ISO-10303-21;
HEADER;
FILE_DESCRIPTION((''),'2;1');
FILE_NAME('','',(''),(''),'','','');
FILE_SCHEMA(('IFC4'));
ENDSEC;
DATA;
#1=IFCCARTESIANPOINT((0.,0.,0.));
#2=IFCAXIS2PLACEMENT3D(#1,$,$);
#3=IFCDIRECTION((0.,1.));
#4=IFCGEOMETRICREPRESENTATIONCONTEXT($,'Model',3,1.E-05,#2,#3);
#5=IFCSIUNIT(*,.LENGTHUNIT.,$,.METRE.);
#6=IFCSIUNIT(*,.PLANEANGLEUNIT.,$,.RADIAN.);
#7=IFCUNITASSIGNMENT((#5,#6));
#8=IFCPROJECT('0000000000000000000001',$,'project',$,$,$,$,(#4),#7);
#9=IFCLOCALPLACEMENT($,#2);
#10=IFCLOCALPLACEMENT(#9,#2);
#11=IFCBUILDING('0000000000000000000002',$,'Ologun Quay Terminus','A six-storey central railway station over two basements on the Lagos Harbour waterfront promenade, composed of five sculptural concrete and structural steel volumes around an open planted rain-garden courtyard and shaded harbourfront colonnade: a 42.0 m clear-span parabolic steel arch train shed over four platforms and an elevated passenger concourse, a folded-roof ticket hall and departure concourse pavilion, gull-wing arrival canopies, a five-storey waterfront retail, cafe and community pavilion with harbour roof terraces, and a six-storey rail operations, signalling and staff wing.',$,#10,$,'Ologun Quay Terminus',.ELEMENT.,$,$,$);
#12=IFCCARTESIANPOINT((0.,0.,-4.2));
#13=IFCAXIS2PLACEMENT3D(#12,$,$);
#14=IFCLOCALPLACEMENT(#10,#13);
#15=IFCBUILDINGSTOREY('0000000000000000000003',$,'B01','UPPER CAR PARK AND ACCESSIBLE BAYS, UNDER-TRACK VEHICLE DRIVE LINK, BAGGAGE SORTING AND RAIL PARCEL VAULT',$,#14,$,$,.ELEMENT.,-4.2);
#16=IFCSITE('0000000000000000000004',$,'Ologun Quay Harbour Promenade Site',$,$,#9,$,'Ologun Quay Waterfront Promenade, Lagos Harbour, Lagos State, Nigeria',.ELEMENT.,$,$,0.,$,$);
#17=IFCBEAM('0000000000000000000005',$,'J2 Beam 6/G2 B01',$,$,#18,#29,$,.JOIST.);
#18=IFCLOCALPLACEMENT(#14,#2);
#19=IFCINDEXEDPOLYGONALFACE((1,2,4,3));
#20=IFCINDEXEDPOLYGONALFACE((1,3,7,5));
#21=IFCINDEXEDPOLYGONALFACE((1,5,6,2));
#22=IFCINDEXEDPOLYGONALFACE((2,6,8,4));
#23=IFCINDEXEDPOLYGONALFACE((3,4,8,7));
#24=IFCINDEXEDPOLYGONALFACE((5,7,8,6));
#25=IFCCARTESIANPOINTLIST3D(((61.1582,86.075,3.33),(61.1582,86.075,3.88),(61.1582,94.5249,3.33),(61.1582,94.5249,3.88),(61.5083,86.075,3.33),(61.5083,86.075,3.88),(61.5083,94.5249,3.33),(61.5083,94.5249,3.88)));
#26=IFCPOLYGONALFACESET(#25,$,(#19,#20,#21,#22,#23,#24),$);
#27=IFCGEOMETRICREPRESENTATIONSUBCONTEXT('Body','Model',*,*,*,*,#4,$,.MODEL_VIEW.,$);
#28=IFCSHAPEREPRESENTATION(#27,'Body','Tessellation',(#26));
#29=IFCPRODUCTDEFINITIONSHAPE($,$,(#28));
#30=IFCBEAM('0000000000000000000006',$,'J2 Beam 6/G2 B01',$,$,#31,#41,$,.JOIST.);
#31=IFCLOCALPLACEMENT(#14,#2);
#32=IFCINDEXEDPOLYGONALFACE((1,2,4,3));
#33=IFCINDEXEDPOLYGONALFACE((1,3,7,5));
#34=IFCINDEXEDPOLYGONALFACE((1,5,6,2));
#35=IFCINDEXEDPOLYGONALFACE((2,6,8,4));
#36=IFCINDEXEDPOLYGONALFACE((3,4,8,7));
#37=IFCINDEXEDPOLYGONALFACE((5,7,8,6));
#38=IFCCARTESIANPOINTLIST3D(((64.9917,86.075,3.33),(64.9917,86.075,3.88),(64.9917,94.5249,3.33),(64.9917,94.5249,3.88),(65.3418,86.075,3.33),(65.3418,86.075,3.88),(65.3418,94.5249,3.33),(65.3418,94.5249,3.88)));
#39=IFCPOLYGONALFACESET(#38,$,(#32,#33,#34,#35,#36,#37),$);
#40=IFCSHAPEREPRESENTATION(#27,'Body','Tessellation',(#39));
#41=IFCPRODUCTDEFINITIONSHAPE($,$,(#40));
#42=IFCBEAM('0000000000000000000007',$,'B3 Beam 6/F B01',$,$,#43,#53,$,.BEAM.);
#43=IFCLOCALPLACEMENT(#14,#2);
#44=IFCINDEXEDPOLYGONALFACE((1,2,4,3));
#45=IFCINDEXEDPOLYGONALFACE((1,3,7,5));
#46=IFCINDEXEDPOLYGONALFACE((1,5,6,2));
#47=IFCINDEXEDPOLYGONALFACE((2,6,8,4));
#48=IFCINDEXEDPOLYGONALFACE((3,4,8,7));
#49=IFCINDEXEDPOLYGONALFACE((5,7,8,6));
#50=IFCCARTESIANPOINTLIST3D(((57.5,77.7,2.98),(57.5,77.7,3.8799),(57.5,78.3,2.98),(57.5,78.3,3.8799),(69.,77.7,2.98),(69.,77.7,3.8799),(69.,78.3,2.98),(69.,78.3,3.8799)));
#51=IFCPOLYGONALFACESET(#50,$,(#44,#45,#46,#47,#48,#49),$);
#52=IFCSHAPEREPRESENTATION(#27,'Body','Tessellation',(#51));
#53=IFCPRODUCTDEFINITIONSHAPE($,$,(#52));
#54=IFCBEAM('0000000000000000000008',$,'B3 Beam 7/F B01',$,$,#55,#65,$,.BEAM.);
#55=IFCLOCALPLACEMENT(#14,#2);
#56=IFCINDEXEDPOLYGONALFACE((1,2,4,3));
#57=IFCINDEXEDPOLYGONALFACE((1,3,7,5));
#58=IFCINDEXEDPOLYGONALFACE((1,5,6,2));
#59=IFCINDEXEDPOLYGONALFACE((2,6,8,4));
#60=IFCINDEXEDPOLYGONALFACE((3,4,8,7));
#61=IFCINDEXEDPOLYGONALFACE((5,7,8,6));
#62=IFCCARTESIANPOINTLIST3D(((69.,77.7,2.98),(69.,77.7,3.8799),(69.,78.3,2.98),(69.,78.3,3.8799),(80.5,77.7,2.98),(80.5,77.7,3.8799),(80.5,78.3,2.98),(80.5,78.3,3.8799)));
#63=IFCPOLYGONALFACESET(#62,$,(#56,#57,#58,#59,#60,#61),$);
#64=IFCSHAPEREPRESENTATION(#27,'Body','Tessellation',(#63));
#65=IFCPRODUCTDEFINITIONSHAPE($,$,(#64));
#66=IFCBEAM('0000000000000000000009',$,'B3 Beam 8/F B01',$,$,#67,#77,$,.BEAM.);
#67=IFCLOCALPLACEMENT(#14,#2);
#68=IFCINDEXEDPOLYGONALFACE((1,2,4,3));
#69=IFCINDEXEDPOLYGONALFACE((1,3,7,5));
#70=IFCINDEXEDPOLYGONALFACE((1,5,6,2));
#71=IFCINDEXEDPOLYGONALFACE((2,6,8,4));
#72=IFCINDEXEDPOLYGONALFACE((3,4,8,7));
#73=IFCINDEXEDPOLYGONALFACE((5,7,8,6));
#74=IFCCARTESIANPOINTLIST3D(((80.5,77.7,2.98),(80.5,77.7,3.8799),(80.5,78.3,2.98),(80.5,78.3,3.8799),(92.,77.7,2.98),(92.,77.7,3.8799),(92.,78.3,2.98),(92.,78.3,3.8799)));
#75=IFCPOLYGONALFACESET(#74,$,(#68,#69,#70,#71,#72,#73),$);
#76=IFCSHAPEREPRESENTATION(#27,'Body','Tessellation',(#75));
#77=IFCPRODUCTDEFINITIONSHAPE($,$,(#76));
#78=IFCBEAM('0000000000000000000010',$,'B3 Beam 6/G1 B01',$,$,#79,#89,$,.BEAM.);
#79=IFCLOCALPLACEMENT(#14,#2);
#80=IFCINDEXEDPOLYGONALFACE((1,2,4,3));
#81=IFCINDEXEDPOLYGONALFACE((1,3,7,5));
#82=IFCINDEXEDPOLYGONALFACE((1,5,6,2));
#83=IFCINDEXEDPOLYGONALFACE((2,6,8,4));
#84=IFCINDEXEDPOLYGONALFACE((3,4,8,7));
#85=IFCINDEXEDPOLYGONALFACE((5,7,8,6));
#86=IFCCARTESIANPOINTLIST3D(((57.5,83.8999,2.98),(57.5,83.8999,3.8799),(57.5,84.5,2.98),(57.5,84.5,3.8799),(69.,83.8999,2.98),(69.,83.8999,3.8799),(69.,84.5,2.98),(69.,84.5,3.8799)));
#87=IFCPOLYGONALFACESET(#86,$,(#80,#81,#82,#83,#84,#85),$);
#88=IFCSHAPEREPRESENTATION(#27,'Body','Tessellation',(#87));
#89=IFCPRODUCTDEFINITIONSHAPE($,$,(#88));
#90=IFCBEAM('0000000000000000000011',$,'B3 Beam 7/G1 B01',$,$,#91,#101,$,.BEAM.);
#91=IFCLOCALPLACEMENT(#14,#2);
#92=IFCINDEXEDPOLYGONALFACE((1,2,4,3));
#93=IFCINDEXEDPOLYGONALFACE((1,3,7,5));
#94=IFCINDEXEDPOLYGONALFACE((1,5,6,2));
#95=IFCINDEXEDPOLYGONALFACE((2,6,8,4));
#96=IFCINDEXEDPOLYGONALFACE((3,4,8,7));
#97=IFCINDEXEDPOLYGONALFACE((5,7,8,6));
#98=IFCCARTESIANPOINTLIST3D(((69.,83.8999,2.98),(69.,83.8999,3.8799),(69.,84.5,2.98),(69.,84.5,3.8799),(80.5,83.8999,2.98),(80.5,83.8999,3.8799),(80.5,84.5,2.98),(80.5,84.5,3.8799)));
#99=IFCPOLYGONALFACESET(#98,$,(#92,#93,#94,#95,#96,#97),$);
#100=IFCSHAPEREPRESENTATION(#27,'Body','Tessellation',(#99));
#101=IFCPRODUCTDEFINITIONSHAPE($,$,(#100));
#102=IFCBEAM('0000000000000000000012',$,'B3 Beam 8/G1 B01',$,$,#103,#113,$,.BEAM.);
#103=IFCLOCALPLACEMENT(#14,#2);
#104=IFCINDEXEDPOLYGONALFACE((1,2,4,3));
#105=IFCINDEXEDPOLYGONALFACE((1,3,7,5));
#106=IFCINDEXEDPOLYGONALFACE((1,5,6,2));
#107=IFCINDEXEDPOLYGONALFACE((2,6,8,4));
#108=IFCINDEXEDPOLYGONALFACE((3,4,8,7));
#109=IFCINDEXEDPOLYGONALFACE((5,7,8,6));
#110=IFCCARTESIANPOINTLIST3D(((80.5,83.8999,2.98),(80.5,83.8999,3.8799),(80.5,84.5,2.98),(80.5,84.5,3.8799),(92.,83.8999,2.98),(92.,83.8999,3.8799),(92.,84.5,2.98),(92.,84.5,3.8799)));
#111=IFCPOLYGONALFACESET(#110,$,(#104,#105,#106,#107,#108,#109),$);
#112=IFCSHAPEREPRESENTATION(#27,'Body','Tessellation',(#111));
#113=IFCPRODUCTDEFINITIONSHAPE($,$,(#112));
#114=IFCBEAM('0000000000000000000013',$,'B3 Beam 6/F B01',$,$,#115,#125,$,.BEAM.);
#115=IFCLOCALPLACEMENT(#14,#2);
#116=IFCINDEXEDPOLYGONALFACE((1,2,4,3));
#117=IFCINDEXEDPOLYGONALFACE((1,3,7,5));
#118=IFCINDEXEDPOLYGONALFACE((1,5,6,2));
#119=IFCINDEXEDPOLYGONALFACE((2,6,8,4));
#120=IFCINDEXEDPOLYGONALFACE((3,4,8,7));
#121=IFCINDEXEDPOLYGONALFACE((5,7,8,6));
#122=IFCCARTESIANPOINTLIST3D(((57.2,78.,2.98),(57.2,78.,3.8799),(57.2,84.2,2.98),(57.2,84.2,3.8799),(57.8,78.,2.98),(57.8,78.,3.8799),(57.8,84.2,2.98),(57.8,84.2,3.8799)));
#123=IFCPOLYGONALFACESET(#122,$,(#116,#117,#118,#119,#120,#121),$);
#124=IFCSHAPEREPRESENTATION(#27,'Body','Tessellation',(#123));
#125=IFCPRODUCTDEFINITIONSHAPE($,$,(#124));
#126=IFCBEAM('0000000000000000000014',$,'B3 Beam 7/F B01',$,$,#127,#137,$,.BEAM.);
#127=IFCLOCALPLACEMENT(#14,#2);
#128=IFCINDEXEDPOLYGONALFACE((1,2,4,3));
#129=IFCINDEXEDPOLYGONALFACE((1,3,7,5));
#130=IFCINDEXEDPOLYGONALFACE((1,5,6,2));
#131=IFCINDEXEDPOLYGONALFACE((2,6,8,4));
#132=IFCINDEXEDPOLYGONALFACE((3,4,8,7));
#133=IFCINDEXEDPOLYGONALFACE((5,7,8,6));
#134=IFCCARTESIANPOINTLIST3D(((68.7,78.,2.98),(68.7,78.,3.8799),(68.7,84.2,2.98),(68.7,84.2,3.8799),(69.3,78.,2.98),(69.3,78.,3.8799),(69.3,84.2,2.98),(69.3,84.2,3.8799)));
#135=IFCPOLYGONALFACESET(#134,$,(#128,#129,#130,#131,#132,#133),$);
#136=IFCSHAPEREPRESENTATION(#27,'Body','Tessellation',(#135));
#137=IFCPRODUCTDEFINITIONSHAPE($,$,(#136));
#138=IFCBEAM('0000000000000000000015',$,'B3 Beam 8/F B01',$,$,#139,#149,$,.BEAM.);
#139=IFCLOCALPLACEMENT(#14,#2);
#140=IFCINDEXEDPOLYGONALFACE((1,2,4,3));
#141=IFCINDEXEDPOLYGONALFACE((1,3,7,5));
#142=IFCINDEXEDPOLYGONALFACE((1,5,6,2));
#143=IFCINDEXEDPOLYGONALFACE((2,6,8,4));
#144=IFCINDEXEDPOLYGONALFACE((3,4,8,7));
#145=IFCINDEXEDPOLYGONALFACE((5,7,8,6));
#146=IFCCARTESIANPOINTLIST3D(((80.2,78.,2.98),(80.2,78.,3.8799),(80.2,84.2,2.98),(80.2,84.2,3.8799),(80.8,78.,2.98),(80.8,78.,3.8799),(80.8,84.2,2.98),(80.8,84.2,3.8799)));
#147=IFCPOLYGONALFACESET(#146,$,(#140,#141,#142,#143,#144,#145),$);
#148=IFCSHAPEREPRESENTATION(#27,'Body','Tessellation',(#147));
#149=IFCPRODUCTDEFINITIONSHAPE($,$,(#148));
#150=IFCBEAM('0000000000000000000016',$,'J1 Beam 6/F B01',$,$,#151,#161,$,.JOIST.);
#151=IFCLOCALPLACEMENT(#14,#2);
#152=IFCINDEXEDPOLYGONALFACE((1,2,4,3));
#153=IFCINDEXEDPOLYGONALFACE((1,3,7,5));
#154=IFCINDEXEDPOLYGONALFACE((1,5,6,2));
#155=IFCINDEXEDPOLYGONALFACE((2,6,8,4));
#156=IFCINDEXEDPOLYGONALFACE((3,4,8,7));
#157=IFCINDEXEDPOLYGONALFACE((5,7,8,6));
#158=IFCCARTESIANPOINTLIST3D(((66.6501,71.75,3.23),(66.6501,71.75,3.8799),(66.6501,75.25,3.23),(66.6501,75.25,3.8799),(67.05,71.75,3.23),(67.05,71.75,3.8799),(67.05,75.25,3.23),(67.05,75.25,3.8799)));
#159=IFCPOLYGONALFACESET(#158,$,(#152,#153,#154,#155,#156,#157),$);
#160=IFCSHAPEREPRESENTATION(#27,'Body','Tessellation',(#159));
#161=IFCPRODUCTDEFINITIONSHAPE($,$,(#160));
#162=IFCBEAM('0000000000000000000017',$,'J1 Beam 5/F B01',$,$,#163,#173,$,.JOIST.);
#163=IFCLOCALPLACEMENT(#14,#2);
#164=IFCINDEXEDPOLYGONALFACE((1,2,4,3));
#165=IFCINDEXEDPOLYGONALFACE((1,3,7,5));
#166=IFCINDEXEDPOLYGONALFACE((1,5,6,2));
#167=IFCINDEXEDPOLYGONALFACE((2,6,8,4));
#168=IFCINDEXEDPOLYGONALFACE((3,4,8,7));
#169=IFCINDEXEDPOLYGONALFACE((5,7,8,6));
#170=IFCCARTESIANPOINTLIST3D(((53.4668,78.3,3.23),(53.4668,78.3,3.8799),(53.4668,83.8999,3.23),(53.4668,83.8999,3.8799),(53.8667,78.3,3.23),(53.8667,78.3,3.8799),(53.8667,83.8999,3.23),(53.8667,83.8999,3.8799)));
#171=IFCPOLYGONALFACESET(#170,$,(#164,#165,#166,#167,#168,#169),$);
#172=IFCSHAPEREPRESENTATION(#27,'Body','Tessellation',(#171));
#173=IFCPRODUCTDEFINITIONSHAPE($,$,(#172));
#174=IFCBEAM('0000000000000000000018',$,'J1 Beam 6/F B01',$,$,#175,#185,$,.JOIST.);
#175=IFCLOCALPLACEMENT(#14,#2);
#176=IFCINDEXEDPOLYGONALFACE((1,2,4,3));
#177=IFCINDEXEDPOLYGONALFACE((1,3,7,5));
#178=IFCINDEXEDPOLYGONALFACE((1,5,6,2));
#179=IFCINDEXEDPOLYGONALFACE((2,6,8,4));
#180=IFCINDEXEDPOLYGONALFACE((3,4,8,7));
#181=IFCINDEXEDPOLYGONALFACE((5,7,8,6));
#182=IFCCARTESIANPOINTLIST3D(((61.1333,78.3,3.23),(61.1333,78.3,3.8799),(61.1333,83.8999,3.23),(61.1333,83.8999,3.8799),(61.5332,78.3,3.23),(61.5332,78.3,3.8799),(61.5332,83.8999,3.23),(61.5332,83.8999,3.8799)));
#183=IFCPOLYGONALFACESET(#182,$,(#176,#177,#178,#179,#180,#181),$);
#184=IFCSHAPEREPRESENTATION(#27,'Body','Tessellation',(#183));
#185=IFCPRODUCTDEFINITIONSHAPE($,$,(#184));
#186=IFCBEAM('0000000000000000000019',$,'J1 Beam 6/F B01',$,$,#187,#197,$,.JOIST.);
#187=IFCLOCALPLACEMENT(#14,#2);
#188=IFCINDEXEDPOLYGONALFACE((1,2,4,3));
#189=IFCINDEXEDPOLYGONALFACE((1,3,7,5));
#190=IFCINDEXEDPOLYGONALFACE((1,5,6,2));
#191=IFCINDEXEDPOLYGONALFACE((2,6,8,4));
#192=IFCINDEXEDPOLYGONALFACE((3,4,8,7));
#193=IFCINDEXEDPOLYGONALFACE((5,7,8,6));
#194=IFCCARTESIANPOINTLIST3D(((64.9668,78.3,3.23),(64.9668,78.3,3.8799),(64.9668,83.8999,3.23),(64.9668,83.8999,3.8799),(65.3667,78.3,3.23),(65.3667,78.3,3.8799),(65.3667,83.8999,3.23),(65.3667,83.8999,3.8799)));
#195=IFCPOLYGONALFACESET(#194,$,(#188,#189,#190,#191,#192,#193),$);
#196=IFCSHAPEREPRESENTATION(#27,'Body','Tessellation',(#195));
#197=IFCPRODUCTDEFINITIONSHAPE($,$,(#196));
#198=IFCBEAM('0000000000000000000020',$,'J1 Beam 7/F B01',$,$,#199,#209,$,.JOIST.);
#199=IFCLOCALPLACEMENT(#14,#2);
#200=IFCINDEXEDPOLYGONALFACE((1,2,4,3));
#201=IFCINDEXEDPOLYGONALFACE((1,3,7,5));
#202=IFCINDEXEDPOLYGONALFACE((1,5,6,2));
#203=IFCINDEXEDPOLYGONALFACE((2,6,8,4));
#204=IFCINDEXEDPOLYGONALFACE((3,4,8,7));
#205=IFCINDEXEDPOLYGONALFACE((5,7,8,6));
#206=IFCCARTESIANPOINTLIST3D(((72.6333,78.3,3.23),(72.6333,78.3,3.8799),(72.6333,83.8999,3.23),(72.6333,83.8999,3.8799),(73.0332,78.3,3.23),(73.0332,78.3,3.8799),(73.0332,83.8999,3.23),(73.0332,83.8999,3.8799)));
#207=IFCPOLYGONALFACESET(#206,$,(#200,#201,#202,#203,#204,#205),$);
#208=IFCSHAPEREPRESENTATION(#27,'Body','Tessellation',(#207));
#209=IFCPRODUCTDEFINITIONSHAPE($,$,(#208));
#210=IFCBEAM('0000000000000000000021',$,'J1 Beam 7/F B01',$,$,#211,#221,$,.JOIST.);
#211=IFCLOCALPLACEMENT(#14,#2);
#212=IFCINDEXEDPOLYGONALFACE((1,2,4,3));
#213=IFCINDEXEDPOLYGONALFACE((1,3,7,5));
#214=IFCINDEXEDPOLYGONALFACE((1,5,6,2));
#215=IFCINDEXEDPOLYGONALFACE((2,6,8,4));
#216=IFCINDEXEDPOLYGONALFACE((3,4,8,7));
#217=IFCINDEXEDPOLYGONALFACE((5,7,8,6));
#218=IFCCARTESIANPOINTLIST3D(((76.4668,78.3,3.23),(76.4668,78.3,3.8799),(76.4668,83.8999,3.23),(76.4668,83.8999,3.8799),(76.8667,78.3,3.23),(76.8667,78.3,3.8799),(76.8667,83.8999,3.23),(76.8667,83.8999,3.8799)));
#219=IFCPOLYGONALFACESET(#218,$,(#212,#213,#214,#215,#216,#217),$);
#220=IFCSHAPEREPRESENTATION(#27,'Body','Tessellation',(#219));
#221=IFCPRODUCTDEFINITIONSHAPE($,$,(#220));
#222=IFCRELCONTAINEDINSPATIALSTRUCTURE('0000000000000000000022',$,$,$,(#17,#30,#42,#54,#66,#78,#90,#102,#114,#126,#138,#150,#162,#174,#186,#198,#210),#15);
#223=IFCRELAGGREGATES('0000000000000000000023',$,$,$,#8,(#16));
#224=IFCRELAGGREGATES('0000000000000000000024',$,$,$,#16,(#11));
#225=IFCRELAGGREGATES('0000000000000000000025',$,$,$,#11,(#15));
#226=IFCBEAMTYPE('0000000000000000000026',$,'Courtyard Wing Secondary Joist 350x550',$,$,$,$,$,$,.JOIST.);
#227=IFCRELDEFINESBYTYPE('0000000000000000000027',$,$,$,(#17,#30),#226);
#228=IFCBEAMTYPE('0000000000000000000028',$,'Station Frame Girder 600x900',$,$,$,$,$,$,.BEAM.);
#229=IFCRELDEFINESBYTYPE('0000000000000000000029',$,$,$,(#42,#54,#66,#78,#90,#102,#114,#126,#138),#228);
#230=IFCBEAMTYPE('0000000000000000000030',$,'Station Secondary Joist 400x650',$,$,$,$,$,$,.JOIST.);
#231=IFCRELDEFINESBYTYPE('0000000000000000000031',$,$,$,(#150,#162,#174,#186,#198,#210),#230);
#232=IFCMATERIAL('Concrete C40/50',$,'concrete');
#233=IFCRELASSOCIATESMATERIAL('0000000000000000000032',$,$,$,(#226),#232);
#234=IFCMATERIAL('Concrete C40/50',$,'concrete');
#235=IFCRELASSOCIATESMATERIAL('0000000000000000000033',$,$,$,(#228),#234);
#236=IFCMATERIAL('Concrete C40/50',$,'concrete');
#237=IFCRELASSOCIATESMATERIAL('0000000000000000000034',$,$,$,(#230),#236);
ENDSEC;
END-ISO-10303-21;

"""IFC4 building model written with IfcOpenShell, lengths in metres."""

from ifc_helpers import new_model, si_unit, direction, frame, origin, origin_2d, place, context, subcontext, project, spatial, rectangle, extrude, material, material_profile, profile_set, type_object, element, save


model = new_model("IFC4")

# Units and contexts
model_context = context("Model", 3, precision=1e-05, world=origin(), true_north=direction((0.0, 1.0)))
body_context = subcontext(model_context, "Body", "Model", "MODEL_VIEW")
ifc_project = project(units=[si_unit("LENGTHUNIT", "METRE"), si_unit("PLANEANGLEUNIT", "RADIAN")], contexts=[model_context])

# Site, building, storey
site_placement = place(None, origin())
site = spatial("IfcSite", under=ifc_project, at=site_placement, Name="Ologun Quay Harbour Promenade Site", LongName="Ologun Quay Waterfront Promenade, Lagos Harbour, Lagos State, Nigeria", CompositionType="ELEMENT", RefElevation=0.0)
building_placement = place(site_placement, origin())
building = spatial("IfcBuilding", under=site, at=building_placement, Name="Ologun Quay Terminus", Description="A six-storey central railway station over two basements on the Lagos Harbour waterfront promenade, composed of five sculptural concrete and structural steel volumes around an open planted rain-garden courtyard and shaded harbourfront colonnade: a 42.0 m clear-span parabolic steel arch train shed over four platforms and an elevated passenger concourse, a folded-roof ticket hall and departure concourse pavilion, gull-wing arrival canopies, a five-storey waterfront retail, cafe and community pavilion with harbour roof terraces, and a six-storey rail operations, signalling and staff wing.", LongName="Ologun Quay Terminus", CompositionType="ELEMENT")
storey_placement = place(building_placement, frame((0.0, 0.0, -4.2)))
storey = spatial("IfcBuildingStorey", under=building, at=storey_placement, Name="B01", Description="UPPER CAR PARK AND ACCESSIBLE BAYS, UNDER-TRACK VEHICLE DRIVE LINK, BAGGAGE SORTING AND RAIL PARCEL VAULT", CompositionType="ELEMENT", Elevation=-4.2)

# Beams
ifc_material_1 = material(Name="Concrete C40/50", Category="concrete")
ifc_material_profile_1 = material_profile(ifc_material_1, rectangle(XDim=0.3501, YDim=0.55, at=origin_2d()), Name="RC 350x550")
ifc_profile_set_1 = profile_set([ifc_material_profile_1], Name="Concrete C40/50")
beam_type_1 = type_object("IfcBeamType", Name="Courtyard Wing Secondary Joist 350x550", PredefinedType="JOIST", material=ifc_profile_set_1)
for number, where, z_axis, x_axis, name in (
    (1, (61.3333, 86.075, 3.605), (0.0, 1.0, 0.0), (-1.0, 0.0, 0.0), "J2 Beam 6/G2 B01"),
    (2, (65.1667, 86.075, 3.605), (0.0, 1.0, 0.0), (-1.0, 0.0, 0.0), "J2 Beam 6/G2 B01"),
):
    element("IfcBeam", number, at=place(storey_placement, frame(where, z_axis=z_axis, x_axis=x_axis)), inside=storey, type_object=beam_type_1, Name=name, PredefinedType="JOIST", context=body_context, shape_type="SweptSolid", body=[
        extrude(rectangle(XDim=0.3501, YDim=0.55, at=origin_2d()), origin(), (0.0, 0.0, 1.0), 8.45),
    ])
ifc_material_2 = material(Name="Concrete C40/50", Category="concrete")
ifc_material_profile_2 = material_profile(ifc_material_2, rectangle(XDim=0.6001, YDim=0.8999, at=origin_2d()), Name="RC 600x900")
ifc_profile_set_2 = profile_set([ifc_material_profile_2], Name="Concrete C40/50")
beam_type_2 = type_object("IfcBeamType", Name="Station Frame Girder 600x900", PredefinedType="BEAM", material=ifc_profile_set_2)
for number, where, z_axis, x_axis, name in (
    (3, (57.5, 78.0, 3.4299), (1.0, 0.0, 0.0), (0.0, 1.0, 0.0), "B3 Beam 6/F B01"),
    (4, (69.0, 78.0, 3.4299), (1.0, 0.0, 0.0), (0.0, 1.0, 0.0), "B3 Beam 7/F B01"),
    (5, (80.5, 78.0, 3.4299), (1.0, 0.0, 0.0), (0.0, 1.0, 0.0), "B3 Beam 8/F B01"),
    (6, (57.5, 84.2, 3.4299), (1.0, 0.0, 0.0), (0.0, 1.0, 0.0), "B3 Beam 6/G1 B01"),
    (7, (69.0, 84.2, 3.4299), (1.0, 0.0, 0.0), (0.0, 1.0, 0.0), "B3 Beam 7/G1 B01"),
    (8, (80.5, 84.2, 3.4299), (1.0, 0.0, 0.0), (0.0, 1.0, 0.0), "B3 Beam 8/G1 B01"),
):
    element("IfcBeam", number, at=place(storey_placement, frame(where, z_axis=z_axis, x_axis=x_axis)), inside=storey, type_object=beam_type_2, Name=name, PredefinedType="BEAM", context=body_context, shape_type="SweptSolid", body=[
        extrude(rectangle(XDim=0.6001, YDim=0.8999, at=origin_2d()), origin(), (0.0, 0.0, 1.0), 11.5),
    ])
for number, where, z_axis, x_axis, name in (
    (9, (57.5, 78.0, 3.4299), (0.0, 1.0, 0.0), (-1.0, 0.0, 0.0), "B3 Beam 6/F B01"),
    (10, (69.0, 78.0, 3.4299), (0.0, 1.0, 0.0), (-1.0, 0.0, 0.0), "B3 Beam 7/F B01"),
    (11, (80.5, 78.0, 3.4299), (0.0, 1.0, 0.0), (-1.0, 0.0, 0.0), "B3 Beam 8/F B01"),
):
    element("IfcBeam", number, at=place(storey_placement, frame(where, z_axis=z_axis, x_axis=x_axis)), inside=storey, type_object=beam_type_2, Name=name, PredefinedType="BEAM", context=body_context, shape_type="SweptSolid", body=[
        extrude(rectangle(XDim=0.6001, YDim=0.8999, at=origin_2d()), origin(), (0.0, 0.0, 1.0), 6.2),
    ])
ifc_material_3 = material(Name="Concrete C40/50", Category="concrete")
ifc_material_profile_3 = material_profile(ifc_material_3, rectangle(XDim=0.3999, YDim=0.6499, at=origin_2d()), Name="RC 400x650")
ifc_profile_set_3 = profile_set([ifc_material_profile_3], Name="Concrete C40/50")
beam_type_3 = type_object("IfcBeamType", Name="Station Secondary Joist 400x650", PredefinedType="JOIST", material=ifc_profile_set_3)
beam_1_placement = place(storey_placement, frame((66.8501, 71.75, 3.5549), z_axis=(0.0, 1.0, 0.0), x_axis=(-1.0, 0.0, 0.0)))
element("IfcBeam", 12, at=beam_1_placement, inside=storey, type_object=beam_type_3, Name="J1 Beam 6/F B01", PredefinedType="JOIST", context=body_context, shape_type="SweptSolid", body=[
    extrude(rectangle(XDim=0.3999, YDim=0.6499, at=origin_2d()), origin(), (0.0, 0.0, 1.0), 3.5),
])
for number, where, z_axis, x_axis, name in (
    (13, (53.6667, 78.3, 3.5549), (0.0, 1.0, 0.0), (-1.0, 0.0, 0.0), "J1 Beam 5/F B01"),
    (14, (61.3333, 78.3, 3.5549), (0.0, 1.0, 0.0), (-1.0, 0.0, 0.0), "J1 Beam 6/F B01"),
    (15, (65.1667, 78.3, 3.5549), (0.0, 1.0, 0.0), (-1.0, 0.0, 0.0), "J1 Beam 6/F B01"),
    (16, (72.8333, 78.3, 3.5549), (0.0, 1.0, 0.0), (-1.0, 0.0, 0.0), "J1 Beam 7/F B01"),
    (17, (76.6667, 78.3, 3.5549), (0.0, 1.0, 0.0), (-1.0, 0.0, 0.0), "J1 Beam 7/F B01"),
):
    element("IfcBeam", number, at=place(storey_placement, frame(where, z_axis=z_axis, x_axis=x_axis)), inside=storey, type_object=beam_type_3, Name=name, PredefinedType="JOIST", context=body_context, shape_type="SweptSolid", body=[
        extrude(rectangle(XDim=0.3999, YDim=0.6499, at=origin_2d()), origin(), (0.0, 0.0, 1.0), 5.5999),
    ])

save(model, "model.ifc")
